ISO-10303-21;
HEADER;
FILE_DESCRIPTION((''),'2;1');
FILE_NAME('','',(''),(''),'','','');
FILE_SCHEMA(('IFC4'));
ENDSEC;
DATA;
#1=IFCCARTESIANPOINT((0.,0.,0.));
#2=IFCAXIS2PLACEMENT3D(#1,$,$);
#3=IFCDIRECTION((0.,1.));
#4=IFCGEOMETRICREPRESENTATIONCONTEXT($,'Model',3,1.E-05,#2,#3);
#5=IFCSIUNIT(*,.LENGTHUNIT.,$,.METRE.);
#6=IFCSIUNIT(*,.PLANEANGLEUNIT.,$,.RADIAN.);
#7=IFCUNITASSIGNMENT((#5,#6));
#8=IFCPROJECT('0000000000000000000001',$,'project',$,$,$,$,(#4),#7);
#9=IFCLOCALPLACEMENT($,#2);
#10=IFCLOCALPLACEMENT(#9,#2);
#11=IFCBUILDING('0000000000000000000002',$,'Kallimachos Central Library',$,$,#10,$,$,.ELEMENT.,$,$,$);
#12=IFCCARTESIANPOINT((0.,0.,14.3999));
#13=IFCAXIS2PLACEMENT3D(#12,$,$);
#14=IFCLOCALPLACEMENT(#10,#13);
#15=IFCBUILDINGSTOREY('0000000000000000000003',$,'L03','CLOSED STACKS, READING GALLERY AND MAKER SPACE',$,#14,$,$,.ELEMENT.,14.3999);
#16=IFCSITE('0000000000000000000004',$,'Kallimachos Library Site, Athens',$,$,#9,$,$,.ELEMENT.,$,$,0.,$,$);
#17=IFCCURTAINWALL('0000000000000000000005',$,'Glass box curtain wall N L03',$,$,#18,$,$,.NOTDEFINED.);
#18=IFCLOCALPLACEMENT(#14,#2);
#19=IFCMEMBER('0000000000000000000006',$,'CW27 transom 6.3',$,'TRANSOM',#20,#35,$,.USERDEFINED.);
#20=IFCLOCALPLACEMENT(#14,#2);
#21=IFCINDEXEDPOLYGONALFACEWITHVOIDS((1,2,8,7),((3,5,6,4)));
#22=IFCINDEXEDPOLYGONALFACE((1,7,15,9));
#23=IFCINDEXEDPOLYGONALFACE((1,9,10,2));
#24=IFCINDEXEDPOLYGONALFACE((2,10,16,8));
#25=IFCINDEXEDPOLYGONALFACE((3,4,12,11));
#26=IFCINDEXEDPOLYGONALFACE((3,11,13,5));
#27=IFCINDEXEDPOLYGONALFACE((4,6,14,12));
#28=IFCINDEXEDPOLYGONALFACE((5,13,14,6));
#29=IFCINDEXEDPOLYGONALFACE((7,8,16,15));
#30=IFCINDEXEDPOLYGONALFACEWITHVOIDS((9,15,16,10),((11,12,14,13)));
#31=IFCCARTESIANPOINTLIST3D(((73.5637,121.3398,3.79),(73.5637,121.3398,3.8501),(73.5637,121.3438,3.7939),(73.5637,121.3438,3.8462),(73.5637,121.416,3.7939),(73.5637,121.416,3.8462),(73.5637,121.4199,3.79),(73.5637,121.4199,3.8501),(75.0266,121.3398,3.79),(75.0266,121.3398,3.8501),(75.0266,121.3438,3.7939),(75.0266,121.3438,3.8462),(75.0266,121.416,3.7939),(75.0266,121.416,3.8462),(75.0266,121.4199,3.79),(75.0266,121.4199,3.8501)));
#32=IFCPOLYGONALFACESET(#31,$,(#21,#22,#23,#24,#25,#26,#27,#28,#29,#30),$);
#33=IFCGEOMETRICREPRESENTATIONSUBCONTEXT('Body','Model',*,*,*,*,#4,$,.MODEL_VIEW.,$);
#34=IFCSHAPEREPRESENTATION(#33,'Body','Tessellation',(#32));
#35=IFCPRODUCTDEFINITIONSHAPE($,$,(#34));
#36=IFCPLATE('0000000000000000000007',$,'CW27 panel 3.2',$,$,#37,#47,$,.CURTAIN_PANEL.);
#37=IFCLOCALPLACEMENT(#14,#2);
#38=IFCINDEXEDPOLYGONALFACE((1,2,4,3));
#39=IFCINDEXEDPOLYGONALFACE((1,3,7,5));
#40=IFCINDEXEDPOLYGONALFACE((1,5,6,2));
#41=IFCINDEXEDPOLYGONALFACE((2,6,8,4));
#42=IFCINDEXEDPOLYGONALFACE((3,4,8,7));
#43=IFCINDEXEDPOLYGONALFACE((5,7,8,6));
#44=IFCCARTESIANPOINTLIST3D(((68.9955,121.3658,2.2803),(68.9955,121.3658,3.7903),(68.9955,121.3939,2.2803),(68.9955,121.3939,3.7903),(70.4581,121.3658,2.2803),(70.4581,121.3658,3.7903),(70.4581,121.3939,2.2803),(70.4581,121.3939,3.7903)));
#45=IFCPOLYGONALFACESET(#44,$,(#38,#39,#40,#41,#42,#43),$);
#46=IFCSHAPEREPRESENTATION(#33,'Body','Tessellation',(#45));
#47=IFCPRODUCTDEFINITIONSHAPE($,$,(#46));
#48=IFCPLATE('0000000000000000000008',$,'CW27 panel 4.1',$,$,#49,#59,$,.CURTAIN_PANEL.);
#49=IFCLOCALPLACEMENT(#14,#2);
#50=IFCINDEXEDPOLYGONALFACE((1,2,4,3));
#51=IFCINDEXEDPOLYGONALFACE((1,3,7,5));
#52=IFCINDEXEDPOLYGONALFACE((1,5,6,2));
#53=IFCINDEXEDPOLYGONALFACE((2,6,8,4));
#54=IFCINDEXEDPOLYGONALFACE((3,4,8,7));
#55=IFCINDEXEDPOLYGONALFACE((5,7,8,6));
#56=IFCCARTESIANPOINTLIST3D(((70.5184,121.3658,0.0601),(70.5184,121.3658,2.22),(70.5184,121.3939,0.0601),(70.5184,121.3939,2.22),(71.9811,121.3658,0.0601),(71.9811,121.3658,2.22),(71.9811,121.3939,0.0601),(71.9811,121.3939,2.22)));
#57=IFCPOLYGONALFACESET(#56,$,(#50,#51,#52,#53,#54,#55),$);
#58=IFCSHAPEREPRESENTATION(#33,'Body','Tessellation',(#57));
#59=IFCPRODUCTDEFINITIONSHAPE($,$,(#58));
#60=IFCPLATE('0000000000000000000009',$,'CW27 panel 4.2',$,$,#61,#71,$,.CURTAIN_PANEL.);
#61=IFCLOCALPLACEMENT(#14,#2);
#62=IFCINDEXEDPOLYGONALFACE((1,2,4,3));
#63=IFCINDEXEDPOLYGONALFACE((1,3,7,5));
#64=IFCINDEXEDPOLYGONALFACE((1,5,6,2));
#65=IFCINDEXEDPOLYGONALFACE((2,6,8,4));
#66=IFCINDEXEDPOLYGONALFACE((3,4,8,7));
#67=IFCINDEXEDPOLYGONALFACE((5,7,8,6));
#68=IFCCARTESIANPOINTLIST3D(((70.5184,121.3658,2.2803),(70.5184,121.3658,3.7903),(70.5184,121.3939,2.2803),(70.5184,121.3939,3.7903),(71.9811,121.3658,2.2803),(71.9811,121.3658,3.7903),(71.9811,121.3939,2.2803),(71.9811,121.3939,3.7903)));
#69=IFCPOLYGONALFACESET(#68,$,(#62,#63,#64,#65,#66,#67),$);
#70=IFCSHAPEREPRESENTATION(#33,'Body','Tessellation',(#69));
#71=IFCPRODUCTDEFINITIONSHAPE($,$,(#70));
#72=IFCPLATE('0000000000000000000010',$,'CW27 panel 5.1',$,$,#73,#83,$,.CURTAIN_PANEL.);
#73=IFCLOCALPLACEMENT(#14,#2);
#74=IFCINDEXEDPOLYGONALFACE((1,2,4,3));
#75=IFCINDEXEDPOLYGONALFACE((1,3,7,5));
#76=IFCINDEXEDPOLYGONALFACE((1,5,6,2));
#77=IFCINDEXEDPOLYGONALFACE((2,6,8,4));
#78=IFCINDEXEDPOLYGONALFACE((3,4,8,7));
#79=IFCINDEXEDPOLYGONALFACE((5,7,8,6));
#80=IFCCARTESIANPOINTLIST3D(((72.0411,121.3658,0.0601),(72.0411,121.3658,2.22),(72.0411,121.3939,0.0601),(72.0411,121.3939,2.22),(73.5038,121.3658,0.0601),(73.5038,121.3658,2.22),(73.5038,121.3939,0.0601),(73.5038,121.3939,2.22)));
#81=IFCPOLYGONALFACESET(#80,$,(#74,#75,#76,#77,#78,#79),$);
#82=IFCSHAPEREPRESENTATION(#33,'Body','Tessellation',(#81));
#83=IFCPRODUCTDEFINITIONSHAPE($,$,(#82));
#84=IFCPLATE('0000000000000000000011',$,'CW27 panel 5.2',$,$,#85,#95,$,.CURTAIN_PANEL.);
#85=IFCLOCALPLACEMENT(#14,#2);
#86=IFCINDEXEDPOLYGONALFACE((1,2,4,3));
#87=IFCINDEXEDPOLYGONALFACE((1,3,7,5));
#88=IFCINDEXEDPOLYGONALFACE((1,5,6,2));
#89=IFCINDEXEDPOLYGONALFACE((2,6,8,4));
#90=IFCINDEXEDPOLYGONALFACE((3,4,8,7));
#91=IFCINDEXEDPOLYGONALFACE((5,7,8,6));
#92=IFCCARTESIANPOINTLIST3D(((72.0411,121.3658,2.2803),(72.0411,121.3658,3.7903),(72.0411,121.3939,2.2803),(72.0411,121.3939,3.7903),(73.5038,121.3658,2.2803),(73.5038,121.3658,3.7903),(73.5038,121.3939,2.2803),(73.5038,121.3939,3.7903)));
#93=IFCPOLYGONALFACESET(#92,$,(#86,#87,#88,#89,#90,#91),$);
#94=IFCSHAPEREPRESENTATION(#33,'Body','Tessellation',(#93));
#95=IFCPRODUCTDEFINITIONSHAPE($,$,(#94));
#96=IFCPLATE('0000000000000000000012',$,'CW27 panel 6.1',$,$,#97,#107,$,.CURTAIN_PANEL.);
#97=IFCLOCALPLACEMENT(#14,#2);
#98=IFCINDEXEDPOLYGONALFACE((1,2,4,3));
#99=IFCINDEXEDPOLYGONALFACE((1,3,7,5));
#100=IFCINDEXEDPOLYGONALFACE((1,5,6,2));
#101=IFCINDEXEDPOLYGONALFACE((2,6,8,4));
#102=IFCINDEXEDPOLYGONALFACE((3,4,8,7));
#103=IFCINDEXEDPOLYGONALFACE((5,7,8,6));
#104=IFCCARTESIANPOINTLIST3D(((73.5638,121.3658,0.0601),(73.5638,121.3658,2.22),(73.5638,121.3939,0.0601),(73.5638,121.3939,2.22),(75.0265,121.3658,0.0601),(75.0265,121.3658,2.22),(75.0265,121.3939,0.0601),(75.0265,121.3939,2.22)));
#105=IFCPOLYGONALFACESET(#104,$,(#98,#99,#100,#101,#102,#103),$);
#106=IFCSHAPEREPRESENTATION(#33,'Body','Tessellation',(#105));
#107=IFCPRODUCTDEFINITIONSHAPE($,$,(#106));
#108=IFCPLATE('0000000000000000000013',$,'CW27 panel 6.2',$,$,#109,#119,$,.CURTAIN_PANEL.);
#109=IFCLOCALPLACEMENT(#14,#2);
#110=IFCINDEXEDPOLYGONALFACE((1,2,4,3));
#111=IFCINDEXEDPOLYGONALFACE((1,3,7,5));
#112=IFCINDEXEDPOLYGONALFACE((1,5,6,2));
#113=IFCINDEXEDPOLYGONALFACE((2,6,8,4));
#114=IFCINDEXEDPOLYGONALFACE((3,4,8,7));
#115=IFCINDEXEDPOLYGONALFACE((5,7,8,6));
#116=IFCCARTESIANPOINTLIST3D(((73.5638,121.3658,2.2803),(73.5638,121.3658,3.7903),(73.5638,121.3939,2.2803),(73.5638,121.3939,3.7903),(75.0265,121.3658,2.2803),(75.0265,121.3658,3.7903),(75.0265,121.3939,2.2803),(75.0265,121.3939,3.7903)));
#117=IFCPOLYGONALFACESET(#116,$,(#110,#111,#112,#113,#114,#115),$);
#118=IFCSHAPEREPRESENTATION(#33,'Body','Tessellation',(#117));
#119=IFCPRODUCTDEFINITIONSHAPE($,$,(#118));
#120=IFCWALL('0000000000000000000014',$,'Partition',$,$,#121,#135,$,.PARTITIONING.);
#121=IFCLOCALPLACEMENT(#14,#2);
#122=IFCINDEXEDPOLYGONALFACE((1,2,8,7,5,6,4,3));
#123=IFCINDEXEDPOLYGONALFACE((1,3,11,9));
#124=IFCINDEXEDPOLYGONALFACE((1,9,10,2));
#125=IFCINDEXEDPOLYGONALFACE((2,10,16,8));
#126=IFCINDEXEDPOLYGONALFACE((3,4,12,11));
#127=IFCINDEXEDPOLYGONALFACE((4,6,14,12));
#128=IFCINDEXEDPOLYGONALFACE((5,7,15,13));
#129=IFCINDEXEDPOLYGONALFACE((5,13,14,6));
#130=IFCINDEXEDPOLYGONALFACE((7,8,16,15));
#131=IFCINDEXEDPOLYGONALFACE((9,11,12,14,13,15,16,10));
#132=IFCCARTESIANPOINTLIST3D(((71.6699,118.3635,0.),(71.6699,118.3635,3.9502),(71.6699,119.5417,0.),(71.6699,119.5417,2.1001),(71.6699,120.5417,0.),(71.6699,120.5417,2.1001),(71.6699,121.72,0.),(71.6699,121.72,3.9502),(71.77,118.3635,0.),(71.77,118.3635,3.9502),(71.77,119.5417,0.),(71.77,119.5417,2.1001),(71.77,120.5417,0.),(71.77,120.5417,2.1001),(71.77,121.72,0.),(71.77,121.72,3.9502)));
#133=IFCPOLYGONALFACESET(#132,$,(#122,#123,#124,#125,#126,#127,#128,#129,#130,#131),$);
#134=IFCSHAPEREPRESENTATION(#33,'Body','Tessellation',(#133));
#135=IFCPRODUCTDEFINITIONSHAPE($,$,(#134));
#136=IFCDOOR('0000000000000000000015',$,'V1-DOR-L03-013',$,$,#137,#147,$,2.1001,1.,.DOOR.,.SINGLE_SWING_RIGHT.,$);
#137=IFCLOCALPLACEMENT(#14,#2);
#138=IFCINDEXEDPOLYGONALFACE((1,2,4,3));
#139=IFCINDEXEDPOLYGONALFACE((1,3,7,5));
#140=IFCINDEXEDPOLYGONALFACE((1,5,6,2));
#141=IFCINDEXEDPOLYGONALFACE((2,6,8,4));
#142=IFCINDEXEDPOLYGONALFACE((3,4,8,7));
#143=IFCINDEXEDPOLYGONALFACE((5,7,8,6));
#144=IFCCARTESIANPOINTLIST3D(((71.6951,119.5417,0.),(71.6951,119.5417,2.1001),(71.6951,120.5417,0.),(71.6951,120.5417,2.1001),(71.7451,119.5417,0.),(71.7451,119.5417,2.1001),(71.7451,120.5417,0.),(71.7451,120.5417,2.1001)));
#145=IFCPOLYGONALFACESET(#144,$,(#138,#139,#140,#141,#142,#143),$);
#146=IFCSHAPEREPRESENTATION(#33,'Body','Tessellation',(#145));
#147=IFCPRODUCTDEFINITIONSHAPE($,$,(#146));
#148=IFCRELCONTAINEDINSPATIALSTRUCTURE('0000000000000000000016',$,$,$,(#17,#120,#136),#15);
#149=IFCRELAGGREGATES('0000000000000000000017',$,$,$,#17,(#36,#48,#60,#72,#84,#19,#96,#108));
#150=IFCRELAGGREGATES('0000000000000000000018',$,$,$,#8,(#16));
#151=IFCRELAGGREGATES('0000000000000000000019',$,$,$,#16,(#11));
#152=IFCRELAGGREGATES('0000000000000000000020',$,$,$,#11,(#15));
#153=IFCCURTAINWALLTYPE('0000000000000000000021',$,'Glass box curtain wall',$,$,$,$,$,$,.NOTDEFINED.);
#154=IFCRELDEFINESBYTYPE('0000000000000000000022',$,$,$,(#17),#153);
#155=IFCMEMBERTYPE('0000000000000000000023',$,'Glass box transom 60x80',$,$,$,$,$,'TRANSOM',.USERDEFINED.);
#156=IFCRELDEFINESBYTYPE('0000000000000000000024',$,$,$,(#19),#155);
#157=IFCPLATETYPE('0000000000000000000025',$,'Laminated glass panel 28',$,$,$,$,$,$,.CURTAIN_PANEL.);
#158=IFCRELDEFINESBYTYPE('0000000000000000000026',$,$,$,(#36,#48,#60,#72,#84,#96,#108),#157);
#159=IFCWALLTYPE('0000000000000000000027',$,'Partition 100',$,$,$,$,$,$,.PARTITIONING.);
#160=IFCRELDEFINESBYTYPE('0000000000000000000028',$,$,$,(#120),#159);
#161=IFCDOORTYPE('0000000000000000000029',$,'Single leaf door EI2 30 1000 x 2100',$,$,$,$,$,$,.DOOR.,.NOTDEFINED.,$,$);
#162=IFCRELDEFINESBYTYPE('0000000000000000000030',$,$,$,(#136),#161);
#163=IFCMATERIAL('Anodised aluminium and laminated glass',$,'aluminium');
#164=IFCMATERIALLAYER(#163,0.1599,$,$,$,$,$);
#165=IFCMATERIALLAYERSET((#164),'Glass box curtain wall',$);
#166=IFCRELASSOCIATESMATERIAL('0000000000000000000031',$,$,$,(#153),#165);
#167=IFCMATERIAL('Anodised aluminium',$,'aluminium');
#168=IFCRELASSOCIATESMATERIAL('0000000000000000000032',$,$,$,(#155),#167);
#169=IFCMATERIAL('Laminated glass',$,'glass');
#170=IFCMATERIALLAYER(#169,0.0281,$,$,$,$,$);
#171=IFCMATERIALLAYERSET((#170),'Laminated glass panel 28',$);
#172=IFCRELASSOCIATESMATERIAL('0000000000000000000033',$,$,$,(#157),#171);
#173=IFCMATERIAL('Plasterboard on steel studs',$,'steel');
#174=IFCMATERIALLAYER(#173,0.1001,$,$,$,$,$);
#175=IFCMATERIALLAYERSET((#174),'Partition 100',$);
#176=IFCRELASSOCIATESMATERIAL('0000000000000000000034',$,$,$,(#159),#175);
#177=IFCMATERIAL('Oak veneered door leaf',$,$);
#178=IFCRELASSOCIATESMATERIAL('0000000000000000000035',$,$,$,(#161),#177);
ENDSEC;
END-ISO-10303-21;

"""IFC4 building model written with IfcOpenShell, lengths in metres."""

from ifc_helpers import new_model, si_unit, direction, frame, frame_2d, origin, origin_2d, place, context, subcontext, project, spatial, rectangle, hollow_rectangle, extrude, material, layer, layer_set, material_profile, profile_set, type_object, element, fill, aggregate, save


model = new_model("IFC4")

# Units and contexts
model_context = context("Model", 3, precision=1e-05, world=origin(), true_north=direction((0.0, 1.0)))
body_context = subcontext(model_context, "Body", "Model", "MODEL_VIEW")
ifc_project = project(units=[si_unit("LENGTHUNIT", "METRE"), si_unit("PLANEANGLEUNIT", "RADIAN")], contexts=[model_context])

# Site, building, storey
site_placement = place(None, origin())
site = spatial("IfcSite", under=ifc_project, at=site_placement, Name="Kallimachos Library Site, Athens", CompositionType="ELEMENT", RefElevation=0.0)
building_placement = place(site_placement, origin())
building = spatial("IfcBuilding", under=site, at=building_placement, Name="Kallimachos Central Library", CompositionType="ELEMENT")
storey_placement = place(building_placement, frame((0.0, 0.0, 14.3999)))
storey = spatial("IfcBuildingStorey", under=building, at=storey_placement, Name="L03", Description="CLOSED STACKS, READING GALLERY AND MAKER SPACE", CompositionType="ELEMENT", Elevation=14.3999)

# Curtain wall, member, plates
ifc_material_1 = material(Name="Anodised aluminium and laminated glass", Category="aluminium")
ifc_layer_1 = layer(ifc_material_1, 0.1599)
ifc_layer_set_1 = layer_set([ifc_layer_1], Name="Glass box curtain wall")
curtain_wall_type = type_object("IfcCurtainWallType", Name="Glass box curtain wall", PredefinedType="NOTDEFINED", material=ifc_layer_set_1)
curtain_wall_placement = place(storey_placement, origin())
curtain_wall = element("IfcCurtainWall", 1, at=curtain_wall_placement, inside=storey, type_object=curtain_wall_type, Name="Glass box curtain wall N L03", PredefinedType="NOTDEFINED")
ifc_material_2 = material(Name="Anodised aluminium", Category="aluminium")
ifc_material_profile_1 = material_profile(ifc_material_2, hollow_rectangle(XDim=0.0601, YDim=0.0801, WallThickness=0.0039, at=origin_2d()), Name="ALU TRANSOM 60x80")
ifc_profile_set_1 = profile_set([ifc_material_profile_1], Name="Anodised aluminium")
member_type_1 = type_object("IfcMemberType", Name="Glass box transom 60x80", ElementType="TRANSOM", PredefinedType="USERDEFINED", material=ifc_profile_set_1)
member_1_placement = place(storey_placement, frame((73.5637, 121.3799, 3.8201), z_axis=(1.0, 0.0, 0.0), x_axis=(0.0, 0.0, 1.0)))
member_1 = element("IfcMember", 2, at=member_1_placement, type_object=member_type_1, Name="CW27 transom 6.3", ObjectType="TRANSOM", PredefinedType="USERDEFINED", context=body_context, shape_type="SweptSolid", body=[
    extrude(hollow_rectangle(XDim=0.0601, YDim=0.0801, WallThickness=0.0039, at=origin_2d()), origin(), (0.0, 0.0, 1.0), 1.4629),
])
ifc_material_3 = material(Name="Laminated glass", Category="glass")
ifc_layer_2 = layer(ifc_material_3, 0.0281)
ifc_layer_set_2 = layer_set([ifc_layer_2], Name="Laminated glass panel 28")
plate_type = type_object("IfcPlateType", Name="Laminated glass panel 28", PredefinedType="CURTAIN_PANEL", material=ifc_layer_set_2)
plate_1_placement = place(storey_placement, frame((69.7268, 121.3799, 2.2803), z_axis=(0.0, 0.0, 1.0), x_axis=(1.0, 0.0, 0.0)))
plate_1 = element("IfcPlate", 3, at=plate_1_placement, type_object=plate_type, Name="CW27 panel 3.2", PredefinedType="CURTAIN_PANEL", context=body_context, shape_type="SweptSolid", body=[
    extrude(rectangle(XDim=1.4626, YDim=0.0281, at=origin_2d()), origin(), (0.0, 0.0, 1.0), 1.51),
])
plate_2_placement = place(storey_placement, frame((71.2498, 121.3799, 0.0601), z_axis=(0.0, 0.0, 1.0), x_axis=(1.0, 0.0, 0.0)))
plate_2 = element("IfcPlate", 4, at=plate_2_placement, type_object=plate_type, Name="CW27 panel 4.1", PredefinedType="CURTAIN_PANEL", context=body_context, shape_type="SweptSolid", body=[
    extrude(rectangle(XDim=1.4626, YDim=0.0281, at=origin_2d()), origin(), (0.0, 0.0, 1.0), 2.1599),
])
plate_3_placement = place(storey_placement, frame((71.2498, 121.3799, 2.2803), z_axis=(0.0, 0.0, 1.0), x_axis=(1.0, 0.0, 0.0)))
plate_3 = element("IfcPlate", 5, at=plate_3_placement, type_object=plate_type, Name="CW27 panel 4.2", PredefinedType="CURTAIN_PANEL", context=body_context, shape_type="SweptSolid", body=[
    extrude(rectangle(XDim=1.4626, YDim=0.0281, at=origin_2d()), origin(), (0.0, 0.0, 1.0), 1.51),
])
plate_4_placement = place(storey_placement, frame((72.7725, 121.3799, 0.0601), z_axis=(0.0, 0.0, 1.0), x_axis=(1.0, 0.0, 0.0)))
plate_4 = element("IfcPlate", 6, at=plate_4_placement, type_object=plate_type, Name="CW27 panel 5.1", PredefinedType="CURTAIN_PANEL", context=body_context, shape_type="SweptSolid", body=[
    extrude(rectangle(XDim=1.4626, YDim=0.0281, at=origin_2d()), origin(), (0.0, 0.0, 1.0), 2.1599),
])
plate_5_placement = place(storey_placement, frame((72.7725, 121.3799, 2.2803), z_axis=(0.0, 0.0, 1.0), x_axis=(1.0, 0.0, 0.0)))
plate_5 = element("IfcPlate", 7, at=plate_5_placement, type_object=plate_type, Name="CW27 panel 5.2", PredefinedType="CURTAIN_PANEL", context=body_context, shape_type="SweptSolid", body=[
    extrude(rectangle(XDim=1.4626, YDim=0.0281, at=origin_2d()), origin(), (0.0, 0.0, 1.0), 1.51),
])
plate_6_placement = place(storey_placement, frame((74.2952, 121.3799, 0.0601), z_axis=(0.0, 0.0, 1.0), x_axis=(1.0, 0.0, 0.0)))
plate_6 = element("IfcPlate", 8, at=plate_6_placement, type_object=plate_type, Name="CW27 panel 6.1", PredefinedType="CURTAIN_PANEL", context=body_context, shape_type="SweptSolid", body=[
    extrude(rectangle(XDim=1.4626, YDim=0.0281, at=origin_2d()), origin(), (0.0, 0.0, 1.0), 2.1599),
])
plate_7_placement = place(storey_placement, frame((74.2952, 121.3799, 2.2803), z_axis=(0.0, 0.0, 1.0), x_axis=(1.0, 0.0, 0.0)))
plate_7 = element("IfcPlate", 9, at=plate_7_placement, type_object=plate_type, Name="CW27 panel 6.2", PredefinedType="CURTAIN_PANEL", context=body_context, shape_type="SweptSolid", body=[
    extrude(rectangle(XDim=1.4626, YDim=0.0281, at=origin_2d()), origin(), (0.0, 0.0, 1.0), 1.51),
])
aggregate(curtain_wall, [plate_1, plate_2, plate_3, plate_4, plate_5, member_1, plate_6, plate_7])

# Wall, opening, door
ifc_material_4 = material(Name="Plasterboard on steel studs", Category="steel")
ifc_layer_3 = layer(ifc_material_4, 0.1001)
ifc_layer_set_3 = layer_set([ifc_layer_3], Name="Partition 100")
wall_type = type_object("IfcWallType", Name="Partition 100", PredefinedType="PARTITIONING", material=ifc_layer_set_3)
wall_placement = place(storey_placement, frame((71.72, 121.72, 0.0), z_axis=(0.0, 0.0, 1.0), x_axis=(0.0, -1.0, 0.0)))
wall = element("IfcWall", 10, at=wall_placement, inside=storey, type_object=wall_type, Name="Partition", PredefinedType="PARTITIONING", context=body_context, shape_type="SweptSolid", body=[
    extrude(rectangle(XDim=3.3564, YDim=0.1001, at=frame_2d((1.6782, 0.0))), origin(), (0.0, 0.0, 1.0), 3.9502),
])
opening_placement = place(wall_placement, frame((1.1782, 0.0, 0.0)))
opening = element("IfcOpeningElement", 11, at=opening_placement, cuts=wall, PredefinedType="OPENING", context=body_context, shape_type="SweptSolid", body=[
    extrude(rectangle(XDim=1.0, YDim=2.1001, at=frame_2d((0.5, 1.05))), frame((0.0, 0.0601, 0.0), z_axis=(0.0, -1.0, 0.0), x_axis=(1.0, 0.0, 0.0)), (0.0, 0.0, 1.0), 0.1201),
])
ifc_material_5 = material(Name="Oak veneered door leaf")
door_type = type_object("IfcDoorType", Name="Single leaf door EI2 30 1000 x 2100", OperationType="NOTDEFINED", PredefinedType="DOOR", material=ifc_material_5)
door_placement = place(opening_placement, frame((1.0, 0.0, 0.0), z_axis=(0.0, 0.0, 1.0), x_axis=(-1.0, 0.0, 0.0)))
door = element("IfcDoor", 12, at=door_placement, inside=storey, type_object=door_type, Name="V1-DOR-L03-013", OperationType="SINGLE_SWING_RIGHT", OverallHeight=2.1001, OverallWidth=1.0, PredefinedType="DOOR", context=body_context, shape_type="SweptSolid", body=[
    extrude(rectangle(XDim=1.0, YDim=2.1001, at=frame_2d((0.5, 1.05))), frame((0.0, 0.0249, 0.0), z_axis=(0.0, -1.0, 0.0), x_axis=(1.0, 0.0, 0.0)), (0.0, 0.0, 1.0), 0.05),
])
fill(opening, door)

save(model, "model.ifc")
